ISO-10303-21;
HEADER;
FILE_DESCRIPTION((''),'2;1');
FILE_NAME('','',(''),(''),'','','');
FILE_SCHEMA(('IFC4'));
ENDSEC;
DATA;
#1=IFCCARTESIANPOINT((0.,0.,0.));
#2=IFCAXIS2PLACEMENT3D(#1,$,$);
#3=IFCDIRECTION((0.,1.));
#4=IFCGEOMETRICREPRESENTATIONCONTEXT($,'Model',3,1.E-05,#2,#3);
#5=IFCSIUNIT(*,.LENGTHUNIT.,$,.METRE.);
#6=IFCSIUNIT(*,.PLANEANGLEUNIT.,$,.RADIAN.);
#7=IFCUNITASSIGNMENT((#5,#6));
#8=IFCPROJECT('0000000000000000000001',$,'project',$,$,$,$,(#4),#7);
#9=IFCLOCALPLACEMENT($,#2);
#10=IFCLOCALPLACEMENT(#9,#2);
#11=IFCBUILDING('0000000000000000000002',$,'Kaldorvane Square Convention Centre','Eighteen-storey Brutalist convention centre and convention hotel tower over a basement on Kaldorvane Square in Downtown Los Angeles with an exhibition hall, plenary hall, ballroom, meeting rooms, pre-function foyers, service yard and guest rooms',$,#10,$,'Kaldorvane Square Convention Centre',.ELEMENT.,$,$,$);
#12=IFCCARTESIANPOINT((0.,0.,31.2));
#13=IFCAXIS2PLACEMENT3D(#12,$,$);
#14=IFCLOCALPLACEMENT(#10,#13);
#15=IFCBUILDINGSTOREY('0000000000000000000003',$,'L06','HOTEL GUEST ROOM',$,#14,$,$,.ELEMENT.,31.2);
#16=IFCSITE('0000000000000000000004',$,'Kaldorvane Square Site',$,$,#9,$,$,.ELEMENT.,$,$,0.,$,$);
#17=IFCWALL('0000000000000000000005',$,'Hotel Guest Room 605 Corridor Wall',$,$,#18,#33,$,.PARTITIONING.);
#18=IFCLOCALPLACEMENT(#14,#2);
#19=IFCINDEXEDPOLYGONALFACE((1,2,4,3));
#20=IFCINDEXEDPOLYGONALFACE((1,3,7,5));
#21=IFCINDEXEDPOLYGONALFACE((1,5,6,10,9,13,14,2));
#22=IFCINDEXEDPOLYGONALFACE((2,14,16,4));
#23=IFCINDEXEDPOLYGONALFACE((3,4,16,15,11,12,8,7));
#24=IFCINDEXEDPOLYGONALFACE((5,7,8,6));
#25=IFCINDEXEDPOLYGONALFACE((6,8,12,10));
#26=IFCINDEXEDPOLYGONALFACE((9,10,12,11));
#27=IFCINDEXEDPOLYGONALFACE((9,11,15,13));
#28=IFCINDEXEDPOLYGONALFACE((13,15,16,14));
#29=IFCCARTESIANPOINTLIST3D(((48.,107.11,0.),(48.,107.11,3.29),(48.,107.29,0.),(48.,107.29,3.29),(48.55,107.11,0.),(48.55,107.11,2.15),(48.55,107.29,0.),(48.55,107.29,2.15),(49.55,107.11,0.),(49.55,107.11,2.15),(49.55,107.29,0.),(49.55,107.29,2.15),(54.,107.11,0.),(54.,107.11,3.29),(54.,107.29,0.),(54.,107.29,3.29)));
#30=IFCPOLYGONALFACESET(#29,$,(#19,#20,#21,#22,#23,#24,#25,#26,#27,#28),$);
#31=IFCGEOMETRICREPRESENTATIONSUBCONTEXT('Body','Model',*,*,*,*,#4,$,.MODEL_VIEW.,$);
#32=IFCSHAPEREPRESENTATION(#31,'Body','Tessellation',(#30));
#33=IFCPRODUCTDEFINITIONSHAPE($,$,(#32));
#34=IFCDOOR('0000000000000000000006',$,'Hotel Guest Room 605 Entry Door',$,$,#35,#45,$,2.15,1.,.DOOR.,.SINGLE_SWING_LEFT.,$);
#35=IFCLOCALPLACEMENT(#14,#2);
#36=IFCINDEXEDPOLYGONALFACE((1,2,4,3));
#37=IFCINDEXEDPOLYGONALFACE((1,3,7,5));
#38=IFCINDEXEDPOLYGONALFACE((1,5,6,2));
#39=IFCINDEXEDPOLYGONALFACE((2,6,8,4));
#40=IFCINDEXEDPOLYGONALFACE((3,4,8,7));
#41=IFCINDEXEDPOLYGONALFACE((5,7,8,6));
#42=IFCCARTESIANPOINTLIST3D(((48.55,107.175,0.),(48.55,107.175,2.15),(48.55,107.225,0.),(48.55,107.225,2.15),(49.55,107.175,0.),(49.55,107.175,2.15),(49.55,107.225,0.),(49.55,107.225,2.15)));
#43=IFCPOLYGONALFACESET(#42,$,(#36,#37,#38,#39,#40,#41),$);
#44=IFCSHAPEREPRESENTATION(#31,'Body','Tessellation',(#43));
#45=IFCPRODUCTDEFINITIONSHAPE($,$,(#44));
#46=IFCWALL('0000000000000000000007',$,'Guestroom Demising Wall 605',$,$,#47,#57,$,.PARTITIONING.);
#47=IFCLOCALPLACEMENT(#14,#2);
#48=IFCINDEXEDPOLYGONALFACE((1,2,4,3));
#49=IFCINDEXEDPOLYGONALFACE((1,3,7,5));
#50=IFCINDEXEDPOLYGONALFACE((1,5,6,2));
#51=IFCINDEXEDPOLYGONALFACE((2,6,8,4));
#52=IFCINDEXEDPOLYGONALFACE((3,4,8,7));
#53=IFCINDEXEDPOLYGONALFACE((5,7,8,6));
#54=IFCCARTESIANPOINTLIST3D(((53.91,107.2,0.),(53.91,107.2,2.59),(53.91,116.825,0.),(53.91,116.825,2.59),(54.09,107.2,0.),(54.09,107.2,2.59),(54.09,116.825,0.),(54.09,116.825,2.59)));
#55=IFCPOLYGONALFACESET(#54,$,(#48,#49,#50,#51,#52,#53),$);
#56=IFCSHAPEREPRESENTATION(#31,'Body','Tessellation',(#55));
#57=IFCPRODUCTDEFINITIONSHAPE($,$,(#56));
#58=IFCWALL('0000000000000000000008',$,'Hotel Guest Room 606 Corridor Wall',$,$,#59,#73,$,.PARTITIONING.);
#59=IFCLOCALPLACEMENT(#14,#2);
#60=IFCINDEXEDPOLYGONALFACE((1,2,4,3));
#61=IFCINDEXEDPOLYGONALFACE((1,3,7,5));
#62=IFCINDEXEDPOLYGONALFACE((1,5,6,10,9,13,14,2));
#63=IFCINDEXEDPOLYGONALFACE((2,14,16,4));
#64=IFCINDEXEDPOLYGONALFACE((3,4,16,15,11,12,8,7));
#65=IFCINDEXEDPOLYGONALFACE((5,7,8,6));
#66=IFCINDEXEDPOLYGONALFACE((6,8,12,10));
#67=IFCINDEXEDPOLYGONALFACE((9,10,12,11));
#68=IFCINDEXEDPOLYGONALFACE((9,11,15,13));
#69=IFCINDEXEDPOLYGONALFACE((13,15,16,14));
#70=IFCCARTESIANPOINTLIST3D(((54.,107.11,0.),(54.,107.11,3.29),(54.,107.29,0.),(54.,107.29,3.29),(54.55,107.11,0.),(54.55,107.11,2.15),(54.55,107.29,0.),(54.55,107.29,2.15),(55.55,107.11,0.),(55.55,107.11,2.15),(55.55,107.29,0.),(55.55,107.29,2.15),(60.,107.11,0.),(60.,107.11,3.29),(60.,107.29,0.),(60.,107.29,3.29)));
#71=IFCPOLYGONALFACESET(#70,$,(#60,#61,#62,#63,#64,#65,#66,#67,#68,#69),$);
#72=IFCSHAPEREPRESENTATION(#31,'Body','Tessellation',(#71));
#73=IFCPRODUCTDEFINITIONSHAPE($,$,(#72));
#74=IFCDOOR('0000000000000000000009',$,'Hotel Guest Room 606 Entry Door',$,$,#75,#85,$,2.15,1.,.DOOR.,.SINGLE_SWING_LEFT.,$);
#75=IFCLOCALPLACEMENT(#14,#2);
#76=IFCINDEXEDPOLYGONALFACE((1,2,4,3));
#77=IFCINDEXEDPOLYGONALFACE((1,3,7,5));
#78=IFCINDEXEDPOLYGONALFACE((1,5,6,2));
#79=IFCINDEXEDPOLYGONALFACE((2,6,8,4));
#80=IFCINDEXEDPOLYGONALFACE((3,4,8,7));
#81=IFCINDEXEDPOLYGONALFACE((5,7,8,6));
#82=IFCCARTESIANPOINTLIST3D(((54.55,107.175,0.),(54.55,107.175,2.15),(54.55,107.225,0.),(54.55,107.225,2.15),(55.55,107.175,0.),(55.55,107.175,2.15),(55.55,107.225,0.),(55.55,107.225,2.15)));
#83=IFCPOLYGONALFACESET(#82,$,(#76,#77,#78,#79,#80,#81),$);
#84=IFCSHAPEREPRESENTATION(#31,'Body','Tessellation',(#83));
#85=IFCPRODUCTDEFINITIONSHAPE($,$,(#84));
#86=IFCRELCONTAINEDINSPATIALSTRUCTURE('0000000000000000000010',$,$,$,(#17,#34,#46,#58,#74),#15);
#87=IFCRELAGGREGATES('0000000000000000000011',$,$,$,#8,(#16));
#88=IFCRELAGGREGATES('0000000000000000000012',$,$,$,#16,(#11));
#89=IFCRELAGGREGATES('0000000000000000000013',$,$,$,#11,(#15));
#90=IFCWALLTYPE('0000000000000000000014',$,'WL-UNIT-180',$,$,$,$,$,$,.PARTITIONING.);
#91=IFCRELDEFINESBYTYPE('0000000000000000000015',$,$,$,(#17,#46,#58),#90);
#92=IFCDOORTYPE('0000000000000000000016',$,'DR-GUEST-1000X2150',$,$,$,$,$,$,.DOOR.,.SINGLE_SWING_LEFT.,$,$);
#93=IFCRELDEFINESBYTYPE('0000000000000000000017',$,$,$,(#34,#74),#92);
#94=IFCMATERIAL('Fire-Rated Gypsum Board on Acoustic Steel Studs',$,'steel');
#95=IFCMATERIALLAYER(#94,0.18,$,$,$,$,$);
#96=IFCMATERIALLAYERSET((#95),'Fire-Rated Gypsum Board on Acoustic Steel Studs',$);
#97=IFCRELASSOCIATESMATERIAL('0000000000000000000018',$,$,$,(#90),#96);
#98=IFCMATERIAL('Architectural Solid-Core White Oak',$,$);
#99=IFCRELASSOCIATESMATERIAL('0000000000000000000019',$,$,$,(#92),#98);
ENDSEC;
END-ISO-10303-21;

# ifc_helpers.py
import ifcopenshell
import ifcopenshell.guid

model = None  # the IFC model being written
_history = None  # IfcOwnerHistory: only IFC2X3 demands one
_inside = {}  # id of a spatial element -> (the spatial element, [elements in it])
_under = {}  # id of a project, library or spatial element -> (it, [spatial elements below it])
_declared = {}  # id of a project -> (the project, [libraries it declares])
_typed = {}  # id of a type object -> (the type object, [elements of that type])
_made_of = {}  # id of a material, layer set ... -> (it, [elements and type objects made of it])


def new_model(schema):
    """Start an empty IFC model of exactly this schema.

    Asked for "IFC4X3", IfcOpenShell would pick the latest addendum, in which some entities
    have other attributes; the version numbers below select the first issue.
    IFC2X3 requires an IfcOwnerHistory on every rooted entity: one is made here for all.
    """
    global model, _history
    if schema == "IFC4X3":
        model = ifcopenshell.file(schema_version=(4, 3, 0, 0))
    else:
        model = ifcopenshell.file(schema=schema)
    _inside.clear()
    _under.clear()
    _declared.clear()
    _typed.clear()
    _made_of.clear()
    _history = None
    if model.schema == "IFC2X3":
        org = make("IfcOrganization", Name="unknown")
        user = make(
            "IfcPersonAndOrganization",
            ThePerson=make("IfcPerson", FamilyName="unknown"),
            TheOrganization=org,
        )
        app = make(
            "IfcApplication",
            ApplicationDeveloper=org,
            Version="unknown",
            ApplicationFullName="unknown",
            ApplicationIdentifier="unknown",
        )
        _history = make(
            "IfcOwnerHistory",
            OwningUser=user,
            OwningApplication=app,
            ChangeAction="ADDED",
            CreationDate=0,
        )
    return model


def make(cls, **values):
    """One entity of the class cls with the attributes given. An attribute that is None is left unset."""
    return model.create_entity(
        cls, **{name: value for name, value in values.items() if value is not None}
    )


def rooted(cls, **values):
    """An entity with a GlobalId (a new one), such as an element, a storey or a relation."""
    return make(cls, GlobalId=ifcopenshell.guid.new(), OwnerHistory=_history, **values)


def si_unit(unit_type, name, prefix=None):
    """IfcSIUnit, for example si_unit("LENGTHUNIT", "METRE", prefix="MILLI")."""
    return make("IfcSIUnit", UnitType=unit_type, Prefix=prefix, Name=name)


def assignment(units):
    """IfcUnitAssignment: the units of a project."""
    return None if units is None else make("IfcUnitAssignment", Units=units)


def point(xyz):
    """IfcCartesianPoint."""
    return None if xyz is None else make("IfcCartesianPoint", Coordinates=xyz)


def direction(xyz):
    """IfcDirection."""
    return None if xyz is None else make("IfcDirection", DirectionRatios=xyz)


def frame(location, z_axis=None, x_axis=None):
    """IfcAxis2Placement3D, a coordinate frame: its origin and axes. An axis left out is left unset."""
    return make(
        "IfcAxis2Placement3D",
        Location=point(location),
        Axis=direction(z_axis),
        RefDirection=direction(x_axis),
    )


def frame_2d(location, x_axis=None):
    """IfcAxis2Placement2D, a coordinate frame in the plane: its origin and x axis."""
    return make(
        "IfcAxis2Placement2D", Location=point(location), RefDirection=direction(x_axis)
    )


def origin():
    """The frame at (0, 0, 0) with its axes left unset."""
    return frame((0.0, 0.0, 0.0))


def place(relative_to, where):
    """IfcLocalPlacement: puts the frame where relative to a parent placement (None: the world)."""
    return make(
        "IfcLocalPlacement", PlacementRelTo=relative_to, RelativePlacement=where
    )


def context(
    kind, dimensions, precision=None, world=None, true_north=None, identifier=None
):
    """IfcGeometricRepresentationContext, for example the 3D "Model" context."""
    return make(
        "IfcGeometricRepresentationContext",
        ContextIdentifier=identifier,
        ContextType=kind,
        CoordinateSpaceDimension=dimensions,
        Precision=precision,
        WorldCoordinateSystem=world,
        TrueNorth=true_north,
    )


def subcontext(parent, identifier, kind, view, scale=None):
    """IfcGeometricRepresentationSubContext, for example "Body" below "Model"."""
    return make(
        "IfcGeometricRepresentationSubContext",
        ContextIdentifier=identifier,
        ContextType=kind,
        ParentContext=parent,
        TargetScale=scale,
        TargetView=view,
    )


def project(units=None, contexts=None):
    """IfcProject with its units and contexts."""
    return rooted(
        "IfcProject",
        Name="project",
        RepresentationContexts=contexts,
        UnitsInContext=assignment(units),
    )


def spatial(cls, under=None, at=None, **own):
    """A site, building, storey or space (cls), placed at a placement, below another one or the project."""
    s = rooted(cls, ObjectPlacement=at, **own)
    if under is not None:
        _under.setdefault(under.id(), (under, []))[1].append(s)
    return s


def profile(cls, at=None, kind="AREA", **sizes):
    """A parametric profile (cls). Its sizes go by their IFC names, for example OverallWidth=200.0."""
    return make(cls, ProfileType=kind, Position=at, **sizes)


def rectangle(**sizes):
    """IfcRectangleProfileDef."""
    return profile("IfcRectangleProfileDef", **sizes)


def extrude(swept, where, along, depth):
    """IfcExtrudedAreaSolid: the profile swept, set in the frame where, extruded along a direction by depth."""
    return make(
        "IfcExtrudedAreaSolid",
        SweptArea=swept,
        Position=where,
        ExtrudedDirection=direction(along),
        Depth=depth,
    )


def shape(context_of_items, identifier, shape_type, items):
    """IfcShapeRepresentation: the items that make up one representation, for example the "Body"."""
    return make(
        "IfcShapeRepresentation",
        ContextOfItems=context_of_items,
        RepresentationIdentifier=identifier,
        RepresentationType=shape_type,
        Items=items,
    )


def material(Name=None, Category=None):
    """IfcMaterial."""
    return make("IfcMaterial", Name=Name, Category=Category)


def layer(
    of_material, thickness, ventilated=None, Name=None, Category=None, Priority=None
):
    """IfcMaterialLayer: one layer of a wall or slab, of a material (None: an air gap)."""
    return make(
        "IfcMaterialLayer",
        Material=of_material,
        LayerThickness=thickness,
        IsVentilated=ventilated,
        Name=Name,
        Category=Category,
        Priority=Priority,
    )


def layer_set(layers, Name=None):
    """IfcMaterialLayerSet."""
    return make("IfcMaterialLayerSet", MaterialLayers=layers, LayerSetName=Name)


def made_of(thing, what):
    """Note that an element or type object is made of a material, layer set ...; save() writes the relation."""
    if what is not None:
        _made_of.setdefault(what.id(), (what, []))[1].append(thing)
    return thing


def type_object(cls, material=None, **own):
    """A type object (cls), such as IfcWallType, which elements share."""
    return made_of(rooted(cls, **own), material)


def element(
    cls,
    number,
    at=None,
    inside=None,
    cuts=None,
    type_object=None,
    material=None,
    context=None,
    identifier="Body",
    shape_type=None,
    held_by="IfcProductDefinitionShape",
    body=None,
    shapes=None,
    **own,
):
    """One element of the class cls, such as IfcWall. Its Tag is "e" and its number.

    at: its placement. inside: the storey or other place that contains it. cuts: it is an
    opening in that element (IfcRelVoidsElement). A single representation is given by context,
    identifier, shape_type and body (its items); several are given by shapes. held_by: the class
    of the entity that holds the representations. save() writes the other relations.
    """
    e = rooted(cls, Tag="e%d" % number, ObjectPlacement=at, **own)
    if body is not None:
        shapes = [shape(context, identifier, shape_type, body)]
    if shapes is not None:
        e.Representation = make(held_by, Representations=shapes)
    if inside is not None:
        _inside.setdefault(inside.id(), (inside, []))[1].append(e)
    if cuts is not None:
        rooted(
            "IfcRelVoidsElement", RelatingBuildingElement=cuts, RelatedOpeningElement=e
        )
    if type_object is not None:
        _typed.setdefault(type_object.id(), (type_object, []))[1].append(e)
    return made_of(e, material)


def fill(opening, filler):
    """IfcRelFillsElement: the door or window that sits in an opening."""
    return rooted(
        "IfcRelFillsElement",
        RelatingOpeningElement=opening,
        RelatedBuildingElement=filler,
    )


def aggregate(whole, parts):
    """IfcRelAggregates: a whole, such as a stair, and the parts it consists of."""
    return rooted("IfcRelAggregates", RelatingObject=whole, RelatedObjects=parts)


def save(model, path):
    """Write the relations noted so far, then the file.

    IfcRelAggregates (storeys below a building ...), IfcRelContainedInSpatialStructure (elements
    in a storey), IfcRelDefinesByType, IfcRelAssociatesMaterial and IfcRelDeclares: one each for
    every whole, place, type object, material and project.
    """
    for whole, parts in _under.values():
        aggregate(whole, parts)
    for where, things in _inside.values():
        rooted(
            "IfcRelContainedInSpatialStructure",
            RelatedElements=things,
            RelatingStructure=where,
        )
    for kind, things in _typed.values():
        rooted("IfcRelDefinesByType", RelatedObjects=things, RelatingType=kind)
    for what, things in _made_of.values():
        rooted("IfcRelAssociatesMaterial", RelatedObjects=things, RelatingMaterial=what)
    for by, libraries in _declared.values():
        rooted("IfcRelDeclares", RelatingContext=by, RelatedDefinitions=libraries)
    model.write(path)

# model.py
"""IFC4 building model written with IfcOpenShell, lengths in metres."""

from ifc_helpers import new_model, si_unit, direction, frame, frame_2d, origin, place, context, subcontext, project, spatial, rectangle, extrude, material, layer, layer_set, type_object, element, fill, save


model = new_model("IFC4")

# Units and contexts
model_context = context("Model", 3, precision=1e-05, world=origin(), true_north=direction((0.0, 1.0)))
body_context = subcontext(model_context, "Body", "Model", "MODEL_VIEW")
ifc_project = project(units=[si_unit("LENGTHUNIT", "METRE"), si_unit("PLANEANGLEUNIT", "RADIAN")], contexts=[model_context])

# Site, building, storey
site_placement = place(None, origin())
site = spatial("IfcSite", under=ifc_project, at=site_placement, Name="Kaldorvane Square Site", CompositionType="ELEMENT", RefElevation=0.0)
building_placement = place(site_placement, origin())
building = spatial("IfcBuilding", under=site, at=building_placement, Name="Kaldorvane Square Convention Centre", Description="Eighteen-storey Brutalist convention centre and convention hotel tower over a basement on Kaldorvane Square in Downtown Los Angeles with an exhibition hall, plenary hall, ballroom, meeting rooms, pre-function foyers, service yard and guest rooms", LongName="Kaldorvane Square Convention Centre", CompositionType="ELEMENT")
storey_placement = place(building_placement, frame((0.0, 0.0, 31.2)))
storey = spatial("IfcBuildingStorey", under=building, at=storey_placement, Name="L06", Description="HOTEL GUEST ROOM", CompositionType="ELEMENT", Elevation=31.2)

# Shared definitions
ifc_material_1 = material(Name="Fire-Rated Gypsum Board on Acoustic Steel Studs", Category="steel")
ifc_material_2 = material(Name="Architectural Solid-Core White Oak")

# Wall, opening, door
ifc_layer_1 = layer(ifc_material_1, 0.18)
ifc_layer_set_1 = layer_set([ifc_layer_1], Name="Fire-Rated Gypsum Board on Acoustic Steel Studs")
wall_type_1 = type_object("IfcWallType", Name="WL-UNIT-180", PredefinedType="PARTITIONING", material=ifc_layer_set_1)
wall_1_placement = place(storey_placement, frame((48.0, 107.2, 0.0), z_axis=(0.0, 0.0, 1.0), x_axis=(1.0, 0.0, 0.0)))
wall_1 = element("IfcWall", 1, at=wall_1_placement, inside=storey, type_object=wall_type_1, Name="Hotel Guest Room 605 Corridor Wall", PredefinedType="PARTITIONING", context=body_context, shape_type="SweptSolid", body=[
    extrude(rectangle(XDim=6.0, YDim=0.18, at=frame_2d((3.0, 0.0))), origin(), (0.0, 0.0, 1.0), 3.29),
])
opening_1_placement = place(wall_1_placement, frame((0.55, 0.0, 0.0)))
opening_1 = element("IfcOpeningElement", 2, at=opening_1_placement, cuts=wall_1, PredefinedType="OPENING", context=body_context, shape_type="SweptSolid", body=[
    extrude(rectangle(XDim=1.0, YDim=2.15, at=frame_2d((0.5, 1.075))), frame((0.0, 0.105, 0.0), z_axis=(0.0, -1.0, 0.0), x_axis=(1.0, 0.0, 0.0)), (0.0, 0.0, 1.0), 0.21),
])
door_type_1 = type_object("IfcDoorType", Name="DR-GUEST-1000X2150", OperationType="SINGLE_SWING_LEFT", PredefinedType="DOOR", material=ifc_material_2)
door_1_placement = place(opening_1_placement, origin())
door_1 = element("IfcDoor", 3, at=door_1_placement, inside=storey, type_object=door_type_1, Name="Hotel Guest Room 605 Entry Door", OperationType="SINGLE_SWING_LEFT", OverallHeight=2.15, OverallWidth=1.0, PredefinedType="DOOR", context=body_context, shape_type="SweptSolid", body=[
    extrude(rectangle(XDim=1.0, YDim=2.15, at=frame_2d((0.5, 1.075))), frame((0.0, 0.025, 0.0), z_axis=(0.0, -1.0, 0.0), x_axis=(1.0, 0.0, 0.0)), (0.0, 0.0, 1.0), 0.05),
])
fill(opening_1, door_1)

# Wall
wall_2_placement = place(storey_placement, frame((54.0, 107.2, 0.0), z_axis=(0.0, 0.0, 1.0), x_axis=(0.0, 1.0, 0.0)))
element("IfcWall", 4, at=wall_2_placement, inside=storey, type_object=wall_type_1, Name="Guestroom Demising Wall 605", PredefinedType="PARTITIONING", context=body_context, shape_type="SweptSolid", body=[
    extrude(rectangle(XDim=9.625, YDim=0.18, at=frame_2d((4.8125, 0.0))), origin(), (0.0, 0.0, 1.0), 2.59),
])

# Wall, opening, door
wall_3_placement = place(storey_placement, frame((54.0, 107.2, 0.0), z_axis=(0.0, 0.0, 1.0), x_axis=(1.0, 0.0, 0.0)))
wall_3 = element("IfcWall", 5, at=wall_3_placement, inside=storey, type_object=wall_type_1, Name="Hotel Guest Room 606 Corridor Wall", PredefinedType="PARTITIONING", context=body_context, shape_type="SweptSolid", body=[
    extrude(rectangle(XDim=6.0, YDim=0.18, at=frame_2d((3.0, 0.0))), origin(), (0.0, 0.0, 1.0), 3.29),
])
opening_2_placement = place(wall_3_placement, frame((0.55, 0.0, 0.0)))
opening_2 = element("IfcOpeningElement", 6, at=opening_2_placement, cuts=wall_3, PredefinedType="OPENING", context=body_context, shape_type="SweptSolid", body=[
    extrude(rectangle(XDim=1.0, YDim=2.15, at=frame_2d((0.5, 1.075))), frame((0.0, 0.105, 0.0), z_axis=(0.0, -1.0, 0.0), x_axis=(1.0, 0.0, 0.0)), (0.0, 0.0, 1.0), 0.21),
])
door_2_placement = place(opening_2_placement, origin())
door_2 = element("IfcDoor", 7, at=door_2_placement, inside=storey, type_object=door_type_1, Name="Hotel Guest Room 606 Entry Door", OperationType="SINGLE_SWING_LEFT", OverallHeight=2.15, OverallWidth=1.0, PredefinedType="DOOR", context=body_context, shape_type="SweptSolid", body=[
    extrude(rectangle(XDim=1.0, YDim=2.15, at=frame_2d((0.5, 1.075))), frame((0.0, 0.025, 0.0), z_axis=(0.0, -1.0, 0.0), x_axis=(1.0, 0.0, 0.0)), (0.0, 0.0, 1.0), 0.05),
])
fill(opening_2, door_2)

save(model, "model.ifc")
